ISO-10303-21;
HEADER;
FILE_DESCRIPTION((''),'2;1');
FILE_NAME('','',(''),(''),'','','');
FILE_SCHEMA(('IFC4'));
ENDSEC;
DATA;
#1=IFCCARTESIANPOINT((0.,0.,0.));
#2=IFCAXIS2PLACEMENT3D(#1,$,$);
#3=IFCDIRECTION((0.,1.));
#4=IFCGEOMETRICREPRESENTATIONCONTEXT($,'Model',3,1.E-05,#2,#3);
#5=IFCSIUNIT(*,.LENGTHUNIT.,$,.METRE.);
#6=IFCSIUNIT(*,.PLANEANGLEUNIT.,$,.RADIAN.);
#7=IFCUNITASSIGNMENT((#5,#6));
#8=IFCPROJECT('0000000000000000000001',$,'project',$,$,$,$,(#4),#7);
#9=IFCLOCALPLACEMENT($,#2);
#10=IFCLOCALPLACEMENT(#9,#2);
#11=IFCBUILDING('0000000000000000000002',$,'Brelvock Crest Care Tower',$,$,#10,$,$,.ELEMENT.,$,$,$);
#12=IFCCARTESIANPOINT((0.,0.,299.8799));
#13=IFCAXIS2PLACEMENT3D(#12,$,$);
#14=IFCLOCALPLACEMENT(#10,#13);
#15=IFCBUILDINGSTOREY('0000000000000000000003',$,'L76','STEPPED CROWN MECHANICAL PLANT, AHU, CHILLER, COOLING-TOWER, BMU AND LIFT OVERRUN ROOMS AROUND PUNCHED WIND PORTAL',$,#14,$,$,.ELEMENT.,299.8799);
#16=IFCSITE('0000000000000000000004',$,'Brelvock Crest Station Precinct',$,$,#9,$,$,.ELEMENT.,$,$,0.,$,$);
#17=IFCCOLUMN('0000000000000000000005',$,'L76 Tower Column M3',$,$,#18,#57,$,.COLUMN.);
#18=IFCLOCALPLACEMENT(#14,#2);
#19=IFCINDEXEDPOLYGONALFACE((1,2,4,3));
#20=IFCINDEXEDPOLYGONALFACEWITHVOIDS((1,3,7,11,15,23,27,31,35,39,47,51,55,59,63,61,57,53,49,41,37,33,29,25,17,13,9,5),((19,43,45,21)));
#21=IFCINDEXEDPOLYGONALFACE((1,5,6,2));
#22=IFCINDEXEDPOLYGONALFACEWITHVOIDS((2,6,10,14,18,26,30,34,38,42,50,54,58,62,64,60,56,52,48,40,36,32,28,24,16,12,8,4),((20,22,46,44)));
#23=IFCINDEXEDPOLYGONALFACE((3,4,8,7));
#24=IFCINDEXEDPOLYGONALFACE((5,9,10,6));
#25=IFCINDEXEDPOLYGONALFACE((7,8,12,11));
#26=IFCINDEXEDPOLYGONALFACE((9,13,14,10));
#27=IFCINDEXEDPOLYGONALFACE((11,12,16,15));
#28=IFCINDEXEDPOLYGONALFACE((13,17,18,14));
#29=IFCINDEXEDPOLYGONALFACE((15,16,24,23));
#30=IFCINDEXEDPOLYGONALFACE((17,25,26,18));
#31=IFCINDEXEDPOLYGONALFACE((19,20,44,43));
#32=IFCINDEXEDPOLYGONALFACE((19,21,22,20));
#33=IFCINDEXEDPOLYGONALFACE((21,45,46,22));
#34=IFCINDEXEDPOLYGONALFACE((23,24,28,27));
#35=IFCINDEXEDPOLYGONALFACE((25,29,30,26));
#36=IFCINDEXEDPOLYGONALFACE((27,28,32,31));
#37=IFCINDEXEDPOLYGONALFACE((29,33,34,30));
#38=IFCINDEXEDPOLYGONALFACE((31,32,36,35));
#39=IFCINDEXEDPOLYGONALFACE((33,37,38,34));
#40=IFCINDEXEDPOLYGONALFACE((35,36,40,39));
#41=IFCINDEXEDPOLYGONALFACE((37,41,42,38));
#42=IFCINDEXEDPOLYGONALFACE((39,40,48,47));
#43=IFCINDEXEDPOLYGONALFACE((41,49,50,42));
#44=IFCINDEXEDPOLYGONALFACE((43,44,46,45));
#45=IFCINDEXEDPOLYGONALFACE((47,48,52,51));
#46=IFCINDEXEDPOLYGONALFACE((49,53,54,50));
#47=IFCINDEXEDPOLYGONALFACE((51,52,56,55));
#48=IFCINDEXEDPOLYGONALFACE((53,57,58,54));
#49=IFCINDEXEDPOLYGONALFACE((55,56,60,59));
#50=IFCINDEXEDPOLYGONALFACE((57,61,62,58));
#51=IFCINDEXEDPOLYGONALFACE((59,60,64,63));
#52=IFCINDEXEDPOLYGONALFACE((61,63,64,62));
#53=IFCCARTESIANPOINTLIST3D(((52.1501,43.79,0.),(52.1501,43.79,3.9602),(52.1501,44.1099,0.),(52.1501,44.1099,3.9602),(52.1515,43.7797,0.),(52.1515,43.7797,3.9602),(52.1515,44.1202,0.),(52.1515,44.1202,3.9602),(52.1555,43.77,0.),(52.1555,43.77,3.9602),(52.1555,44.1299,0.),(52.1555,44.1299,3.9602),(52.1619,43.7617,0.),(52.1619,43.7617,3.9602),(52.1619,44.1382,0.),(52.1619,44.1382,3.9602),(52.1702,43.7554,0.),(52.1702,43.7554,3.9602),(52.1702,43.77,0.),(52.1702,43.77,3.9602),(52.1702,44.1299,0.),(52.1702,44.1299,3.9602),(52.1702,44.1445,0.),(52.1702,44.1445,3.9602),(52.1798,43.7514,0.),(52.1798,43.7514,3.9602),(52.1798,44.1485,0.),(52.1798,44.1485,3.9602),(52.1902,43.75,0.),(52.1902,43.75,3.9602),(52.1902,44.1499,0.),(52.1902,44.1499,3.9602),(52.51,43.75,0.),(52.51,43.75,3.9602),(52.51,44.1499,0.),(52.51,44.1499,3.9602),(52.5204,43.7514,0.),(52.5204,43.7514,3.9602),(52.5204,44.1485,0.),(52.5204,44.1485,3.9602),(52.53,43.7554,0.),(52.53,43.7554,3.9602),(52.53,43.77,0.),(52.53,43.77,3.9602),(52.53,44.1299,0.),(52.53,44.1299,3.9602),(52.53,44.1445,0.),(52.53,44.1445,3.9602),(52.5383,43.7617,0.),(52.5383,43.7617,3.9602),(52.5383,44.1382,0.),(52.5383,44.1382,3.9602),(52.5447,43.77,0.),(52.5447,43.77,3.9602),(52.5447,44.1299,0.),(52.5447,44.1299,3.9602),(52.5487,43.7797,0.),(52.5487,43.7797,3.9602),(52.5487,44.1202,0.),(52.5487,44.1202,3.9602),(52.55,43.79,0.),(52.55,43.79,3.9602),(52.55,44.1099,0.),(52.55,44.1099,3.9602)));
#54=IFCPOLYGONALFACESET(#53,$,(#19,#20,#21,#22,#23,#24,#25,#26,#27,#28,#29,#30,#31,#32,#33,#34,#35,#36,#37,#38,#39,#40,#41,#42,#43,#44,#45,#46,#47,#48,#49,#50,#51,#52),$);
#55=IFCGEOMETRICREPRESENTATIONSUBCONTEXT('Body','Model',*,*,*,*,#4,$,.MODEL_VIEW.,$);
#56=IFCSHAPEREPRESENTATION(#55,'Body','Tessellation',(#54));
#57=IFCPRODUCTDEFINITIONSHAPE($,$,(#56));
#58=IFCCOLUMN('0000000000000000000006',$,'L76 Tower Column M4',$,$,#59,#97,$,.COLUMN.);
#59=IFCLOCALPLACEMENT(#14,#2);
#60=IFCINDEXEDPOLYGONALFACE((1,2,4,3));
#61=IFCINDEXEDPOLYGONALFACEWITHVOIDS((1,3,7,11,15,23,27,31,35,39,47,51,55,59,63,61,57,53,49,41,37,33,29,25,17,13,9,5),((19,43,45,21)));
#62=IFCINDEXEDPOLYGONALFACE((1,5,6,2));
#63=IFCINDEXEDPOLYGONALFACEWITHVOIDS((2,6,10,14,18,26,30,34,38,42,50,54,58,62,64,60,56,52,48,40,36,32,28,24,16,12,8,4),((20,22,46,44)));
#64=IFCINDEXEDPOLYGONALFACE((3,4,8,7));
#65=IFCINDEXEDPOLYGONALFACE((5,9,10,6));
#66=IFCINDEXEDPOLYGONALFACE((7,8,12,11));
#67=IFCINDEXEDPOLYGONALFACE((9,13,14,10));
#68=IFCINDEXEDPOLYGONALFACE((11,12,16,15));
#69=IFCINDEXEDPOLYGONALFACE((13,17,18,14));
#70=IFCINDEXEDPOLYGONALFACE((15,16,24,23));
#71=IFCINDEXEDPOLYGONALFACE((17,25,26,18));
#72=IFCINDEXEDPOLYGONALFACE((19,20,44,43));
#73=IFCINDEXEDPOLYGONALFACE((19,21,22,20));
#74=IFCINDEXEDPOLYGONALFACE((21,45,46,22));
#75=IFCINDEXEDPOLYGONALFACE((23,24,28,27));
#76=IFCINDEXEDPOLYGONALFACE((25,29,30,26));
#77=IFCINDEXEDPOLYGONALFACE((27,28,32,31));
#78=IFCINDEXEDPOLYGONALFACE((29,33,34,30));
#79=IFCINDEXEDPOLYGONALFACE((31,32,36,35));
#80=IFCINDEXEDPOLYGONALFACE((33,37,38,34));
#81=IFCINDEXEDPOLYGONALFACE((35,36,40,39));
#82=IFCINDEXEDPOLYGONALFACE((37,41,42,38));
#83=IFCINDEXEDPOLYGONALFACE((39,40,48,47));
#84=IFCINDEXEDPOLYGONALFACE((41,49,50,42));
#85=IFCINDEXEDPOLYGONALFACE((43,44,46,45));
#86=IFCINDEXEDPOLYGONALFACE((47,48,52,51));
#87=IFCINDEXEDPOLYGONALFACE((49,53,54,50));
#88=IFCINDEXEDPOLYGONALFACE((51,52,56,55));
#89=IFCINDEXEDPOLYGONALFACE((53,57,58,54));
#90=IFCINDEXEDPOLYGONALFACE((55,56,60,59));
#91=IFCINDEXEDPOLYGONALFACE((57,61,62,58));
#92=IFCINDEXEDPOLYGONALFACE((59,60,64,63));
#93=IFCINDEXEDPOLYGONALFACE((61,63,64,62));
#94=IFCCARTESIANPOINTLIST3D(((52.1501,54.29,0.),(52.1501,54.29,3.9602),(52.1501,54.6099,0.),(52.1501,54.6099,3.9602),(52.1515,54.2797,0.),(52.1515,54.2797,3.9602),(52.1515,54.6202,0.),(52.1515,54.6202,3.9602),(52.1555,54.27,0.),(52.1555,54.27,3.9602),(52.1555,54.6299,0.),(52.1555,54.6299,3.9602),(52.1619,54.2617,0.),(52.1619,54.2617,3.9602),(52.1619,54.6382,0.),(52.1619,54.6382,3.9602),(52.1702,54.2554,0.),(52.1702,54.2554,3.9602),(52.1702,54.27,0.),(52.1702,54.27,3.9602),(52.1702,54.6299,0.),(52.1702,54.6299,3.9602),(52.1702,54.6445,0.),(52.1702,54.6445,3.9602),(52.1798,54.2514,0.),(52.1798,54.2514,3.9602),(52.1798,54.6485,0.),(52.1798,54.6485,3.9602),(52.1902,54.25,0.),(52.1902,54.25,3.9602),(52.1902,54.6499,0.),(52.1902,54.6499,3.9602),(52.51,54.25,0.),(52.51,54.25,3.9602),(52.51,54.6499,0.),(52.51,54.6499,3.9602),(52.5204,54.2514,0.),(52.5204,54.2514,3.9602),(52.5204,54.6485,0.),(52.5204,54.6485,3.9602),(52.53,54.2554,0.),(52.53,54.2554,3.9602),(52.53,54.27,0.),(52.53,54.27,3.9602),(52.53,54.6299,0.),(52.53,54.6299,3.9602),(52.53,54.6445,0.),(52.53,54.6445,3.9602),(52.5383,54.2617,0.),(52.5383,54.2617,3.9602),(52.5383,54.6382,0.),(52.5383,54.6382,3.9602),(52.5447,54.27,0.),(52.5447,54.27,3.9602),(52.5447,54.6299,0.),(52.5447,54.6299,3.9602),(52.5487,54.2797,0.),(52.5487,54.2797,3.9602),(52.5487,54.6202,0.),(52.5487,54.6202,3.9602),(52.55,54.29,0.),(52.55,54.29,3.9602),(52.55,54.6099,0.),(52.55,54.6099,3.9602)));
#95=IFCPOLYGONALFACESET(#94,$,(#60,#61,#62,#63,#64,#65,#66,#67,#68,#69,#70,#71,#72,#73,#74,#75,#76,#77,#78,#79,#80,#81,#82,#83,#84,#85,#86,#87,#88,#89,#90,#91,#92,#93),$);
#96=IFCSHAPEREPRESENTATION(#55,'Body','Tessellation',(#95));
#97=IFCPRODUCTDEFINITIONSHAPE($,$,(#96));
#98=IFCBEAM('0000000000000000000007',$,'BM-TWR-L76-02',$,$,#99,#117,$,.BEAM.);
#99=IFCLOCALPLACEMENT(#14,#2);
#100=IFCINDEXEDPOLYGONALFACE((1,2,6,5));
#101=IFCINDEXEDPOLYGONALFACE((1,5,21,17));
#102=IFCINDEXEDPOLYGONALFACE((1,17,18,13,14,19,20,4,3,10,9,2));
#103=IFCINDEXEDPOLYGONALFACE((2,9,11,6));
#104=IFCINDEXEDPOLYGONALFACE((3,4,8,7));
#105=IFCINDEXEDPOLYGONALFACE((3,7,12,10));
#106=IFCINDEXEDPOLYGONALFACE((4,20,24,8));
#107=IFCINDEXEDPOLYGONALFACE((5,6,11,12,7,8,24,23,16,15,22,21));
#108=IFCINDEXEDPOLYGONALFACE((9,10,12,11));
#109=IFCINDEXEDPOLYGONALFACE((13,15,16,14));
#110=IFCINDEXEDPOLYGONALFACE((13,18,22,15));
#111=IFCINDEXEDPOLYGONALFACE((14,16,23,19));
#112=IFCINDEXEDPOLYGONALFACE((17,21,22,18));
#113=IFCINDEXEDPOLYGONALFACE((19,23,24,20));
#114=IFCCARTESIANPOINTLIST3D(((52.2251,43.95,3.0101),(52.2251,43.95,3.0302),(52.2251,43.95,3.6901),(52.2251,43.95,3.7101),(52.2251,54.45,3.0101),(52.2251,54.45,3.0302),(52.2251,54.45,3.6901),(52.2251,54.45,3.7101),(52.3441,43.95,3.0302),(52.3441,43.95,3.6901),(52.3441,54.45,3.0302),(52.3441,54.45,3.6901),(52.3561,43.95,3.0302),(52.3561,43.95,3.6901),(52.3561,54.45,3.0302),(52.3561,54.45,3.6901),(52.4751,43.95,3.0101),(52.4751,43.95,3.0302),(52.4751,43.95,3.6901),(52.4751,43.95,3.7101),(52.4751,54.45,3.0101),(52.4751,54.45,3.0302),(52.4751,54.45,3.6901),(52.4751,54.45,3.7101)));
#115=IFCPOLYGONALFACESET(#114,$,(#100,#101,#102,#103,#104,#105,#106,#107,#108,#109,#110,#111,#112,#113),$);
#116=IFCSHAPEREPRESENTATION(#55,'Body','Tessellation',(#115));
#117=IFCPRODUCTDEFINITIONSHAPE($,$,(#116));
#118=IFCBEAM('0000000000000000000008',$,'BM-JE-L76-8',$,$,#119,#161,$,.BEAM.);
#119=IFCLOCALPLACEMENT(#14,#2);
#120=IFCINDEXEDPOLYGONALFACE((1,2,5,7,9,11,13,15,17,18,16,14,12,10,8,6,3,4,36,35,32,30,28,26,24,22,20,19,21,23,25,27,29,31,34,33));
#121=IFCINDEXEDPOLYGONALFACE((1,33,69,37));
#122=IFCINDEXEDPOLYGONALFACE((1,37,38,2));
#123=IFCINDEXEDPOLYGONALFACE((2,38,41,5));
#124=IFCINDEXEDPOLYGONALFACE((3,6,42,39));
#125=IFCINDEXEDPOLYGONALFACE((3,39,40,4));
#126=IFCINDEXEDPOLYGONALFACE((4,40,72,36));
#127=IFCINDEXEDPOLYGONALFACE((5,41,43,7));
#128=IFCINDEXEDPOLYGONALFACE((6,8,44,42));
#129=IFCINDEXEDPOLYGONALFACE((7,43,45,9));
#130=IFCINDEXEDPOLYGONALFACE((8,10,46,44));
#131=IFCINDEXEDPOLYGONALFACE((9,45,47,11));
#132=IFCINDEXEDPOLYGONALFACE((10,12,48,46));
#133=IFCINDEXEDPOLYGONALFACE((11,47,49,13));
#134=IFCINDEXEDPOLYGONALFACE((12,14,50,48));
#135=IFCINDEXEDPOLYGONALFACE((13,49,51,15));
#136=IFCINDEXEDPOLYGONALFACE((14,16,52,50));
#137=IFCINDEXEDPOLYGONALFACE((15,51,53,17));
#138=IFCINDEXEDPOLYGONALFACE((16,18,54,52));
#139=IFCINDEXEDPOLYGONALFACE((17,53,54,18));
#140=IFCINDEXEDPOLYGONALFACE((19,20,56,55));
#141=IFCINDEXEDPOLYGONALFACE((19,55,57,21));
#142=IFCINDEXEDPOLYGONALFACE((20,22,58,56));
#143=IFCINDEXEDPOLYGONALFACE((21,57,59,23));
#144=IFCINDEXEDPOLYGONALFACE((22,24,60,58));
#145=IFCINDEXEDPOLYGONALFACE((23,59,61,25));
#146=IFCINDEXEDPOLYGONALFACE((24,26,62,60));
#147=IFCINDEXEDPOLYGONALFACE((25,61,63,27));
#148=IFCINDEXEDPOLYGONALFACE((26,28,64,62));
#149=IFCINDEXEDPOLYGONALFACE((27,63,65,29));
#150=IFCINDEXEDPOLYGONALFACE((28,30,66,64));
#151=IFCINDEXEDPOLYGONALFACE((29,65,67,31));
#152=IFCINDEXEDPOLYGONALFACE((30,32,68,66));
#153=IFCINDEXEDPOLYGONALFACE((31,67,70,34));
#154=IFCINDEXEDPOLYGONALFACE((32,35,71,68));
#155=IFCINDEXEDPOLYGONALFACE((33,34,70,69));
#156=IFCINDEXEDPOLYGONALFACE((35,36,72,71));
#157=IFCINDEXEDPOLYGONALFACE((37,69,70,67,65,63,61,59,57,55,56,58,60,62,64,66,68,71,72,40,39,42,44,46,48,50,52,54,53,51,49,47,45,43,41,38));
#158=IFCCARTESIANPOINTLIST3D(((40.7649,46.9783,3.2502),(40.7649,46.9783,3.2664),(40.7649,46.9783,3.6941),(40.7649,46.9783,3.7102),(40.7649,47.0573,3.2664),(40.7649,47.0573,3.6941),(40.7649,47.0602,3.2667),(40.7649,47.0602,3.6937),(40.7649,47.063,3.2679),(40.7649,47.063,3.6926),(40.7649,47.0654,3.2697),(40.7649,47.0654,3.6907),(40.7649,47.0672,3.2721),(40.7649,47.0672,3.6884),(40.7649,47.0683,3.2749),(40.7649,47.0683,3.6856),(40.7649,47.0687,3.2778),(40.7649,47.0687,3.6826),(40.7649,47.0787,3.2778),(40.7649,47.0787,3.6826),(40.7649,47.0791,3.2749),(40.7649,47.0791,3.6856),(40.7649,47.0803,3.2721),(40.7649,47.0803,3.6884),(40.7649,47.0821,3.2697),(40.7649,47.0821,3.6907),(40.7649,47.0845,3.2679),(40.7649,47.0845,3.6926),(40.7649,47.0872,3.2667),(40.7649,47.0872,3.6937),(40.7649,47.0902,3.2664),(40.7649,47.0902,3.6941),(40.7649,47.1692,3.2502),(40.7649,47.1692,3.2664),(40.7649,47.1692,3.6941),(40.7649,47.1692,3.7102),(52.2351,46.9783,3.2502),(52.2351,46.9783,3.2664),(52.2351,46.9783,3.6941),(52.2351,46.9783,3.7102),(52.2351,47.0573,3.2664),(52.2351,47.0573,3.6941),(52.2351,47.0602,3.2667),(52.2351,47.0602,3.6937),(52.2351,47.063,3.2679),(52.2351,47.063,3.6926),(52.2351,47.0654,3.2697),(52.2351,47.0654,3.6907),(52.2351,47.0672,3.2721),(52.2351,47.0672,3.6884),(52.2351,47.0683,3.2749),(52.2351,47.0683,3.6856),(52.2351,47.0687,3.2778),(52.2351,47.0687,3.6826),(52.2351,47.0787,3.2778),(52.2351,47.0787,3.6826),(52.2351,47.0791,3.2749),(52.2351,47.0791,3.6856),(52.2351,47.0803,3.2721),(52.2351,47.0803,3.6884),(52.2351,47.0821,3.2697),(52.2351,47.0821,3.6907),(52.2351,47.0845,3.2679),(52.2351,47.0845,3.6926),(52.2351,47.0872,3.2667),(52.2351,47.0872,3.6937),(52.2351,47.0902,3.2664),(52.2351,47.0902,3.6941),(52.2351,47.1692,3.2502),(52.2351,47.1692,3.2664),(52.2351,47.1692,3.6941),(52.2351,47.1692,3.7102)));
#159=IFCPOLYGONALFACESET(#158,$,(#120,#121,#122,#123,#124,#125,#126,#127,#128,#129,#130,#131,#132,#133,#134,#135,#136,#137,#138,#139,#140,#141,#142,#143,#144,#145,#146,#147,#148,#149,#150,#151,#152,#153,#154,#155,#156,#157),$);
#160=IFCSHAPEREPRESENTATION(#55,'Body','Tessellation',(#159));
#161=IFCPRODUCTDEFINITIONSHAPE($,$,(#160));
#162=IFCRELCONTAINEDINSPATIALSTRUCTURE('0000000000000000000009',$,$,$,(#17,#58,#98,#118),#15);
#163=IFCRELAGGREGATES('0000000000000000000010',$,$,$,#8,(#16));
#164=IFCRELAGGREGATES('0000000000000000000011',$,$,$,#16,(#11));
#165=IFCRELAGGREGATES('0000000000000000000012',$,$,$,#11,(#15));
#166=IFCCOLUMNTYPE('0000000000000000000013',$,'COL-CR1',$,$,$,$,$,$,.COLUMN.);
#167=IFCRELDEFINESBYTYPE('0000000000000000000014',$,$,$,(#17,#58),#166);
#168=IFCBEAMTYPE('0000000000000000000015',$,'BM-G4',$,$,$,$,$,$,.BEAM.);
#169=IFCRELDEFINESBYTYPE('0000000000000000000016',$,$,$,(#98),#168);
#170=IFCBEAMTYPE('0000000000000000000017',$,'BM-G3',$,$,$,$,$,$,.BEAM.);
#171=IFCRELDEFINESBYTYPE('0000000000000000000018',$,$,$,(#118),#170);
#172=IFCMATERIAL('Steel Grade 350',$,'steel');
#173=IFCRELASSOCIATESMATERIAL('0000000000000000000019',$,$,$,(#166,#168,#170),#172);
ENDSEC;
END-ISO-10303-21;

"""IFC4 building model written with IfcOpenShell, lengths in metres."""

from ifc_helpers import new_model, si_unit, direction, frame, origin, origin_2d, place, context, subcontext, project, spatial, hollow_rectangle, i_section, extrude, source, transform, mapped, material, material_profile, profile_set, type_object, element, save


model = new_model("IFC4")

# Units and contexts
model_context = context("Model", 3, precision=1e-05, world=origin(), true_north=direction((0.0, 1.0)))
body_context = subcontext(model_context, "Body", "Model", "MODEL_VIEW")
ifc_project = project(units=[si_unit("LENGTHUNIT", "METRE"), si_unit("PLANEANGLEUNIT", "RADIAN")], contexts=[model_context])

# Site, building, storey
site_placement = place(None, origin())
site = spatial("IfcSite", under=ifc_project, at=site_placement, Name="Brelvock Crest Station Precinct", CompositionType="ELEMENT", RefElevation=0.0)
building_placement = place(site_placement, origin())
building = spatial("IfcBuilding", under=site, at=building_placement, Name="Brelvock Crest Care Tower", CompositionType="ELEMENT")
storey_placement = place(building_placement, frame((0.0, 0.0, 299.8799)))
storey = spatial("IfcBuildingStorey", under=building, at=storey_placement, Name="L76", Description="STEPPED CROWN MECHANICAL PLANT, AHU, CHILLER, COOLING-TOWER, BMU AND LIFT OVERRUN ROOMS AROUND PUNCHED WIND PORTAL", CompositionType="ELEMENT", Elevation=299.8799)

# Columns
ifc_material_1 = material(Name="Steel Grade 350", Category="steel")
ifc_material_profile_1 = material_profile(ifc_material_1, hollow_rectangle(XDim=0.3999, YDim=0.3999, WallThickness=0.02, OuterFilletRadius=0.04, at=origin_2d()), Name="SHS400x400x20.0")
ifc_profile_set_1 = profile_set([ifc_material_profile_1], Name="Steel Grade 350")
column_type = type_object("IfcColumnType", Name="COL-CR1", PredefinedType="COLUMN", material=ifc_profile_set_1)
shared_shape_1 = source(origin(), body_context, "Body", "SweptSolid", [
    extrude(hollow_rectangle(XDim=0.3999, YDim=0.3999, WallThickness=0.02, OuterFilletRadius=0.04, at=origin_2d()), origin(), (0.0, 0.0, 1.0), 3.9602),
])
for number, where, z_axis, x_axis, name in (
    (1, (52.3501, 43.95, 0.0), (0.0, 0.0, 1.0), (1.0, 0.0, 0.0), "L76 Tower Column M3"),
    (2, (52.3501, 54.45, 0.0), (0.0, 0.0, 1.0), (1.0, 0.0, 0.0), "L76 Tower Column M4"),
):
    element("IfcColumn", number, at=place(storey_placement, frame(where, z_axis=z_axis, x_axis=x_axis)), inside=storey, type_object=column_type, Name=name, PredefinedType="COLUMN", context=body_context, shape_type="MappedRepresentation", body=[
        mapped(shared_shape_1, transform((0.0, 0.0, 0.0), x_axis=(1.0, 0.0, 0.0), y_axis=(0.0, 1.0, 0.0), z_axis=(0.0, 0.0, 1.0), scale=1.0)),
    ])

# Beams
ifc_material_profile_2 = material_profile(ifc_material_1, i_section(OverallWidth=0.25, OverallDepth=0.7, WebThickness=0.012, FlangeThickness=0.02, at=origin_2d()), Name="700WB150")
ifc_profile_set_2 = profile_set([ifc_material_profile_2], Name="Steel Grade 350")
beam_type_1 = type_object("IfcBeamType", Name="BM-G4", PredefinedType="BEAM", material=ifc_profile_set_2)
shared_shape_2 = source(origin(), body_context, "Body", "SweptSolid", [
    extrude(i_section(OverallWidth=0.25, OverallDepth=0.7, WebThickness=0.012, FlangeThickness=0.02, at=origin_2d()), origin(), (0.0, 0.0, 1.0), 10.5),
])
beam_placement = place(storey_placement, frame((52.3501, 43.95, 3.3601), z_axis=(0.0, 1.0, 0.0), x_axis=(-1.0, 0.0, 0.0)))
element("IfcBeam", 3, at=beam_placement, inside=storey, type_object=beam_type_1, Name="BM-TWR-L76-02", PredefinedType="BEAM", context=body_context, shape_type="MappedRepresentation", body=[
    mapped(shared_shape_2, transform((0.0, 0.0, 0.0), x_axis=(1.0, 0.0, 0.0), y_axis=(0.0, 1.0, 0.0), z_axis=(0.0, 0.0, 1.0), scale=1.0)),
])
ifc_material_profile_3 = material_profile(ifc_material_1, i_section(OverallWidth=0.1909, OverallDepth=0.46, WebThickness=0.01, FlangeThickness=0.0161, FilletRadius=0.0115, at=origin_2d()), Name="460UB82.1")
ifc_profile_set_3 = profile_set([ifc_material_profile_3], Name="Steel Grade 350")
beam_type_2 = type_object("IfcBeamType", Name="BM-G3", PredefinedType="BEAM", material=ifc_profile_set_3)
shared_shape_3 = source(origin(), body_context, "Body", "SweptSolid", [
    extrude(i_section(OverallWidth=0.1909, OverallDepth=0.46, WebThickness=0.01, FlangeThickness=0.0161, FilletRadius=0.0115, at=origin_2d()), origin(), (0.0, 0.0, 1.0), 11.4702),
])
for number, where, z_axis, x_axis, name in (
    (4, (40.7649, 47.0737, 3.4802), (1.0, 0.0, 0.0), (0.0, 1.0, 0.0), "BM-JE-L76-8"),
):
    element("IfcBeam", number, at=place(storey_placement, frame(where, z_axis=z_axis, x_axis=x_axis)), inside=storey, type_object=beam_type_2, Name=name, PredefinedType="BEAM", context=body_context, shape_type="MappedRepresentation", body=[
        mapped(shared_shape_3, transform((0.0, 0.0, 0.0), x_axis=(1.0, 0.0, 0.0), y_axis=(0.0, 1.0, 0.0), z_axis=(0.0, 0.0, 1.0), scale=1.0)),
    ])

save(model, "model.ifc")
